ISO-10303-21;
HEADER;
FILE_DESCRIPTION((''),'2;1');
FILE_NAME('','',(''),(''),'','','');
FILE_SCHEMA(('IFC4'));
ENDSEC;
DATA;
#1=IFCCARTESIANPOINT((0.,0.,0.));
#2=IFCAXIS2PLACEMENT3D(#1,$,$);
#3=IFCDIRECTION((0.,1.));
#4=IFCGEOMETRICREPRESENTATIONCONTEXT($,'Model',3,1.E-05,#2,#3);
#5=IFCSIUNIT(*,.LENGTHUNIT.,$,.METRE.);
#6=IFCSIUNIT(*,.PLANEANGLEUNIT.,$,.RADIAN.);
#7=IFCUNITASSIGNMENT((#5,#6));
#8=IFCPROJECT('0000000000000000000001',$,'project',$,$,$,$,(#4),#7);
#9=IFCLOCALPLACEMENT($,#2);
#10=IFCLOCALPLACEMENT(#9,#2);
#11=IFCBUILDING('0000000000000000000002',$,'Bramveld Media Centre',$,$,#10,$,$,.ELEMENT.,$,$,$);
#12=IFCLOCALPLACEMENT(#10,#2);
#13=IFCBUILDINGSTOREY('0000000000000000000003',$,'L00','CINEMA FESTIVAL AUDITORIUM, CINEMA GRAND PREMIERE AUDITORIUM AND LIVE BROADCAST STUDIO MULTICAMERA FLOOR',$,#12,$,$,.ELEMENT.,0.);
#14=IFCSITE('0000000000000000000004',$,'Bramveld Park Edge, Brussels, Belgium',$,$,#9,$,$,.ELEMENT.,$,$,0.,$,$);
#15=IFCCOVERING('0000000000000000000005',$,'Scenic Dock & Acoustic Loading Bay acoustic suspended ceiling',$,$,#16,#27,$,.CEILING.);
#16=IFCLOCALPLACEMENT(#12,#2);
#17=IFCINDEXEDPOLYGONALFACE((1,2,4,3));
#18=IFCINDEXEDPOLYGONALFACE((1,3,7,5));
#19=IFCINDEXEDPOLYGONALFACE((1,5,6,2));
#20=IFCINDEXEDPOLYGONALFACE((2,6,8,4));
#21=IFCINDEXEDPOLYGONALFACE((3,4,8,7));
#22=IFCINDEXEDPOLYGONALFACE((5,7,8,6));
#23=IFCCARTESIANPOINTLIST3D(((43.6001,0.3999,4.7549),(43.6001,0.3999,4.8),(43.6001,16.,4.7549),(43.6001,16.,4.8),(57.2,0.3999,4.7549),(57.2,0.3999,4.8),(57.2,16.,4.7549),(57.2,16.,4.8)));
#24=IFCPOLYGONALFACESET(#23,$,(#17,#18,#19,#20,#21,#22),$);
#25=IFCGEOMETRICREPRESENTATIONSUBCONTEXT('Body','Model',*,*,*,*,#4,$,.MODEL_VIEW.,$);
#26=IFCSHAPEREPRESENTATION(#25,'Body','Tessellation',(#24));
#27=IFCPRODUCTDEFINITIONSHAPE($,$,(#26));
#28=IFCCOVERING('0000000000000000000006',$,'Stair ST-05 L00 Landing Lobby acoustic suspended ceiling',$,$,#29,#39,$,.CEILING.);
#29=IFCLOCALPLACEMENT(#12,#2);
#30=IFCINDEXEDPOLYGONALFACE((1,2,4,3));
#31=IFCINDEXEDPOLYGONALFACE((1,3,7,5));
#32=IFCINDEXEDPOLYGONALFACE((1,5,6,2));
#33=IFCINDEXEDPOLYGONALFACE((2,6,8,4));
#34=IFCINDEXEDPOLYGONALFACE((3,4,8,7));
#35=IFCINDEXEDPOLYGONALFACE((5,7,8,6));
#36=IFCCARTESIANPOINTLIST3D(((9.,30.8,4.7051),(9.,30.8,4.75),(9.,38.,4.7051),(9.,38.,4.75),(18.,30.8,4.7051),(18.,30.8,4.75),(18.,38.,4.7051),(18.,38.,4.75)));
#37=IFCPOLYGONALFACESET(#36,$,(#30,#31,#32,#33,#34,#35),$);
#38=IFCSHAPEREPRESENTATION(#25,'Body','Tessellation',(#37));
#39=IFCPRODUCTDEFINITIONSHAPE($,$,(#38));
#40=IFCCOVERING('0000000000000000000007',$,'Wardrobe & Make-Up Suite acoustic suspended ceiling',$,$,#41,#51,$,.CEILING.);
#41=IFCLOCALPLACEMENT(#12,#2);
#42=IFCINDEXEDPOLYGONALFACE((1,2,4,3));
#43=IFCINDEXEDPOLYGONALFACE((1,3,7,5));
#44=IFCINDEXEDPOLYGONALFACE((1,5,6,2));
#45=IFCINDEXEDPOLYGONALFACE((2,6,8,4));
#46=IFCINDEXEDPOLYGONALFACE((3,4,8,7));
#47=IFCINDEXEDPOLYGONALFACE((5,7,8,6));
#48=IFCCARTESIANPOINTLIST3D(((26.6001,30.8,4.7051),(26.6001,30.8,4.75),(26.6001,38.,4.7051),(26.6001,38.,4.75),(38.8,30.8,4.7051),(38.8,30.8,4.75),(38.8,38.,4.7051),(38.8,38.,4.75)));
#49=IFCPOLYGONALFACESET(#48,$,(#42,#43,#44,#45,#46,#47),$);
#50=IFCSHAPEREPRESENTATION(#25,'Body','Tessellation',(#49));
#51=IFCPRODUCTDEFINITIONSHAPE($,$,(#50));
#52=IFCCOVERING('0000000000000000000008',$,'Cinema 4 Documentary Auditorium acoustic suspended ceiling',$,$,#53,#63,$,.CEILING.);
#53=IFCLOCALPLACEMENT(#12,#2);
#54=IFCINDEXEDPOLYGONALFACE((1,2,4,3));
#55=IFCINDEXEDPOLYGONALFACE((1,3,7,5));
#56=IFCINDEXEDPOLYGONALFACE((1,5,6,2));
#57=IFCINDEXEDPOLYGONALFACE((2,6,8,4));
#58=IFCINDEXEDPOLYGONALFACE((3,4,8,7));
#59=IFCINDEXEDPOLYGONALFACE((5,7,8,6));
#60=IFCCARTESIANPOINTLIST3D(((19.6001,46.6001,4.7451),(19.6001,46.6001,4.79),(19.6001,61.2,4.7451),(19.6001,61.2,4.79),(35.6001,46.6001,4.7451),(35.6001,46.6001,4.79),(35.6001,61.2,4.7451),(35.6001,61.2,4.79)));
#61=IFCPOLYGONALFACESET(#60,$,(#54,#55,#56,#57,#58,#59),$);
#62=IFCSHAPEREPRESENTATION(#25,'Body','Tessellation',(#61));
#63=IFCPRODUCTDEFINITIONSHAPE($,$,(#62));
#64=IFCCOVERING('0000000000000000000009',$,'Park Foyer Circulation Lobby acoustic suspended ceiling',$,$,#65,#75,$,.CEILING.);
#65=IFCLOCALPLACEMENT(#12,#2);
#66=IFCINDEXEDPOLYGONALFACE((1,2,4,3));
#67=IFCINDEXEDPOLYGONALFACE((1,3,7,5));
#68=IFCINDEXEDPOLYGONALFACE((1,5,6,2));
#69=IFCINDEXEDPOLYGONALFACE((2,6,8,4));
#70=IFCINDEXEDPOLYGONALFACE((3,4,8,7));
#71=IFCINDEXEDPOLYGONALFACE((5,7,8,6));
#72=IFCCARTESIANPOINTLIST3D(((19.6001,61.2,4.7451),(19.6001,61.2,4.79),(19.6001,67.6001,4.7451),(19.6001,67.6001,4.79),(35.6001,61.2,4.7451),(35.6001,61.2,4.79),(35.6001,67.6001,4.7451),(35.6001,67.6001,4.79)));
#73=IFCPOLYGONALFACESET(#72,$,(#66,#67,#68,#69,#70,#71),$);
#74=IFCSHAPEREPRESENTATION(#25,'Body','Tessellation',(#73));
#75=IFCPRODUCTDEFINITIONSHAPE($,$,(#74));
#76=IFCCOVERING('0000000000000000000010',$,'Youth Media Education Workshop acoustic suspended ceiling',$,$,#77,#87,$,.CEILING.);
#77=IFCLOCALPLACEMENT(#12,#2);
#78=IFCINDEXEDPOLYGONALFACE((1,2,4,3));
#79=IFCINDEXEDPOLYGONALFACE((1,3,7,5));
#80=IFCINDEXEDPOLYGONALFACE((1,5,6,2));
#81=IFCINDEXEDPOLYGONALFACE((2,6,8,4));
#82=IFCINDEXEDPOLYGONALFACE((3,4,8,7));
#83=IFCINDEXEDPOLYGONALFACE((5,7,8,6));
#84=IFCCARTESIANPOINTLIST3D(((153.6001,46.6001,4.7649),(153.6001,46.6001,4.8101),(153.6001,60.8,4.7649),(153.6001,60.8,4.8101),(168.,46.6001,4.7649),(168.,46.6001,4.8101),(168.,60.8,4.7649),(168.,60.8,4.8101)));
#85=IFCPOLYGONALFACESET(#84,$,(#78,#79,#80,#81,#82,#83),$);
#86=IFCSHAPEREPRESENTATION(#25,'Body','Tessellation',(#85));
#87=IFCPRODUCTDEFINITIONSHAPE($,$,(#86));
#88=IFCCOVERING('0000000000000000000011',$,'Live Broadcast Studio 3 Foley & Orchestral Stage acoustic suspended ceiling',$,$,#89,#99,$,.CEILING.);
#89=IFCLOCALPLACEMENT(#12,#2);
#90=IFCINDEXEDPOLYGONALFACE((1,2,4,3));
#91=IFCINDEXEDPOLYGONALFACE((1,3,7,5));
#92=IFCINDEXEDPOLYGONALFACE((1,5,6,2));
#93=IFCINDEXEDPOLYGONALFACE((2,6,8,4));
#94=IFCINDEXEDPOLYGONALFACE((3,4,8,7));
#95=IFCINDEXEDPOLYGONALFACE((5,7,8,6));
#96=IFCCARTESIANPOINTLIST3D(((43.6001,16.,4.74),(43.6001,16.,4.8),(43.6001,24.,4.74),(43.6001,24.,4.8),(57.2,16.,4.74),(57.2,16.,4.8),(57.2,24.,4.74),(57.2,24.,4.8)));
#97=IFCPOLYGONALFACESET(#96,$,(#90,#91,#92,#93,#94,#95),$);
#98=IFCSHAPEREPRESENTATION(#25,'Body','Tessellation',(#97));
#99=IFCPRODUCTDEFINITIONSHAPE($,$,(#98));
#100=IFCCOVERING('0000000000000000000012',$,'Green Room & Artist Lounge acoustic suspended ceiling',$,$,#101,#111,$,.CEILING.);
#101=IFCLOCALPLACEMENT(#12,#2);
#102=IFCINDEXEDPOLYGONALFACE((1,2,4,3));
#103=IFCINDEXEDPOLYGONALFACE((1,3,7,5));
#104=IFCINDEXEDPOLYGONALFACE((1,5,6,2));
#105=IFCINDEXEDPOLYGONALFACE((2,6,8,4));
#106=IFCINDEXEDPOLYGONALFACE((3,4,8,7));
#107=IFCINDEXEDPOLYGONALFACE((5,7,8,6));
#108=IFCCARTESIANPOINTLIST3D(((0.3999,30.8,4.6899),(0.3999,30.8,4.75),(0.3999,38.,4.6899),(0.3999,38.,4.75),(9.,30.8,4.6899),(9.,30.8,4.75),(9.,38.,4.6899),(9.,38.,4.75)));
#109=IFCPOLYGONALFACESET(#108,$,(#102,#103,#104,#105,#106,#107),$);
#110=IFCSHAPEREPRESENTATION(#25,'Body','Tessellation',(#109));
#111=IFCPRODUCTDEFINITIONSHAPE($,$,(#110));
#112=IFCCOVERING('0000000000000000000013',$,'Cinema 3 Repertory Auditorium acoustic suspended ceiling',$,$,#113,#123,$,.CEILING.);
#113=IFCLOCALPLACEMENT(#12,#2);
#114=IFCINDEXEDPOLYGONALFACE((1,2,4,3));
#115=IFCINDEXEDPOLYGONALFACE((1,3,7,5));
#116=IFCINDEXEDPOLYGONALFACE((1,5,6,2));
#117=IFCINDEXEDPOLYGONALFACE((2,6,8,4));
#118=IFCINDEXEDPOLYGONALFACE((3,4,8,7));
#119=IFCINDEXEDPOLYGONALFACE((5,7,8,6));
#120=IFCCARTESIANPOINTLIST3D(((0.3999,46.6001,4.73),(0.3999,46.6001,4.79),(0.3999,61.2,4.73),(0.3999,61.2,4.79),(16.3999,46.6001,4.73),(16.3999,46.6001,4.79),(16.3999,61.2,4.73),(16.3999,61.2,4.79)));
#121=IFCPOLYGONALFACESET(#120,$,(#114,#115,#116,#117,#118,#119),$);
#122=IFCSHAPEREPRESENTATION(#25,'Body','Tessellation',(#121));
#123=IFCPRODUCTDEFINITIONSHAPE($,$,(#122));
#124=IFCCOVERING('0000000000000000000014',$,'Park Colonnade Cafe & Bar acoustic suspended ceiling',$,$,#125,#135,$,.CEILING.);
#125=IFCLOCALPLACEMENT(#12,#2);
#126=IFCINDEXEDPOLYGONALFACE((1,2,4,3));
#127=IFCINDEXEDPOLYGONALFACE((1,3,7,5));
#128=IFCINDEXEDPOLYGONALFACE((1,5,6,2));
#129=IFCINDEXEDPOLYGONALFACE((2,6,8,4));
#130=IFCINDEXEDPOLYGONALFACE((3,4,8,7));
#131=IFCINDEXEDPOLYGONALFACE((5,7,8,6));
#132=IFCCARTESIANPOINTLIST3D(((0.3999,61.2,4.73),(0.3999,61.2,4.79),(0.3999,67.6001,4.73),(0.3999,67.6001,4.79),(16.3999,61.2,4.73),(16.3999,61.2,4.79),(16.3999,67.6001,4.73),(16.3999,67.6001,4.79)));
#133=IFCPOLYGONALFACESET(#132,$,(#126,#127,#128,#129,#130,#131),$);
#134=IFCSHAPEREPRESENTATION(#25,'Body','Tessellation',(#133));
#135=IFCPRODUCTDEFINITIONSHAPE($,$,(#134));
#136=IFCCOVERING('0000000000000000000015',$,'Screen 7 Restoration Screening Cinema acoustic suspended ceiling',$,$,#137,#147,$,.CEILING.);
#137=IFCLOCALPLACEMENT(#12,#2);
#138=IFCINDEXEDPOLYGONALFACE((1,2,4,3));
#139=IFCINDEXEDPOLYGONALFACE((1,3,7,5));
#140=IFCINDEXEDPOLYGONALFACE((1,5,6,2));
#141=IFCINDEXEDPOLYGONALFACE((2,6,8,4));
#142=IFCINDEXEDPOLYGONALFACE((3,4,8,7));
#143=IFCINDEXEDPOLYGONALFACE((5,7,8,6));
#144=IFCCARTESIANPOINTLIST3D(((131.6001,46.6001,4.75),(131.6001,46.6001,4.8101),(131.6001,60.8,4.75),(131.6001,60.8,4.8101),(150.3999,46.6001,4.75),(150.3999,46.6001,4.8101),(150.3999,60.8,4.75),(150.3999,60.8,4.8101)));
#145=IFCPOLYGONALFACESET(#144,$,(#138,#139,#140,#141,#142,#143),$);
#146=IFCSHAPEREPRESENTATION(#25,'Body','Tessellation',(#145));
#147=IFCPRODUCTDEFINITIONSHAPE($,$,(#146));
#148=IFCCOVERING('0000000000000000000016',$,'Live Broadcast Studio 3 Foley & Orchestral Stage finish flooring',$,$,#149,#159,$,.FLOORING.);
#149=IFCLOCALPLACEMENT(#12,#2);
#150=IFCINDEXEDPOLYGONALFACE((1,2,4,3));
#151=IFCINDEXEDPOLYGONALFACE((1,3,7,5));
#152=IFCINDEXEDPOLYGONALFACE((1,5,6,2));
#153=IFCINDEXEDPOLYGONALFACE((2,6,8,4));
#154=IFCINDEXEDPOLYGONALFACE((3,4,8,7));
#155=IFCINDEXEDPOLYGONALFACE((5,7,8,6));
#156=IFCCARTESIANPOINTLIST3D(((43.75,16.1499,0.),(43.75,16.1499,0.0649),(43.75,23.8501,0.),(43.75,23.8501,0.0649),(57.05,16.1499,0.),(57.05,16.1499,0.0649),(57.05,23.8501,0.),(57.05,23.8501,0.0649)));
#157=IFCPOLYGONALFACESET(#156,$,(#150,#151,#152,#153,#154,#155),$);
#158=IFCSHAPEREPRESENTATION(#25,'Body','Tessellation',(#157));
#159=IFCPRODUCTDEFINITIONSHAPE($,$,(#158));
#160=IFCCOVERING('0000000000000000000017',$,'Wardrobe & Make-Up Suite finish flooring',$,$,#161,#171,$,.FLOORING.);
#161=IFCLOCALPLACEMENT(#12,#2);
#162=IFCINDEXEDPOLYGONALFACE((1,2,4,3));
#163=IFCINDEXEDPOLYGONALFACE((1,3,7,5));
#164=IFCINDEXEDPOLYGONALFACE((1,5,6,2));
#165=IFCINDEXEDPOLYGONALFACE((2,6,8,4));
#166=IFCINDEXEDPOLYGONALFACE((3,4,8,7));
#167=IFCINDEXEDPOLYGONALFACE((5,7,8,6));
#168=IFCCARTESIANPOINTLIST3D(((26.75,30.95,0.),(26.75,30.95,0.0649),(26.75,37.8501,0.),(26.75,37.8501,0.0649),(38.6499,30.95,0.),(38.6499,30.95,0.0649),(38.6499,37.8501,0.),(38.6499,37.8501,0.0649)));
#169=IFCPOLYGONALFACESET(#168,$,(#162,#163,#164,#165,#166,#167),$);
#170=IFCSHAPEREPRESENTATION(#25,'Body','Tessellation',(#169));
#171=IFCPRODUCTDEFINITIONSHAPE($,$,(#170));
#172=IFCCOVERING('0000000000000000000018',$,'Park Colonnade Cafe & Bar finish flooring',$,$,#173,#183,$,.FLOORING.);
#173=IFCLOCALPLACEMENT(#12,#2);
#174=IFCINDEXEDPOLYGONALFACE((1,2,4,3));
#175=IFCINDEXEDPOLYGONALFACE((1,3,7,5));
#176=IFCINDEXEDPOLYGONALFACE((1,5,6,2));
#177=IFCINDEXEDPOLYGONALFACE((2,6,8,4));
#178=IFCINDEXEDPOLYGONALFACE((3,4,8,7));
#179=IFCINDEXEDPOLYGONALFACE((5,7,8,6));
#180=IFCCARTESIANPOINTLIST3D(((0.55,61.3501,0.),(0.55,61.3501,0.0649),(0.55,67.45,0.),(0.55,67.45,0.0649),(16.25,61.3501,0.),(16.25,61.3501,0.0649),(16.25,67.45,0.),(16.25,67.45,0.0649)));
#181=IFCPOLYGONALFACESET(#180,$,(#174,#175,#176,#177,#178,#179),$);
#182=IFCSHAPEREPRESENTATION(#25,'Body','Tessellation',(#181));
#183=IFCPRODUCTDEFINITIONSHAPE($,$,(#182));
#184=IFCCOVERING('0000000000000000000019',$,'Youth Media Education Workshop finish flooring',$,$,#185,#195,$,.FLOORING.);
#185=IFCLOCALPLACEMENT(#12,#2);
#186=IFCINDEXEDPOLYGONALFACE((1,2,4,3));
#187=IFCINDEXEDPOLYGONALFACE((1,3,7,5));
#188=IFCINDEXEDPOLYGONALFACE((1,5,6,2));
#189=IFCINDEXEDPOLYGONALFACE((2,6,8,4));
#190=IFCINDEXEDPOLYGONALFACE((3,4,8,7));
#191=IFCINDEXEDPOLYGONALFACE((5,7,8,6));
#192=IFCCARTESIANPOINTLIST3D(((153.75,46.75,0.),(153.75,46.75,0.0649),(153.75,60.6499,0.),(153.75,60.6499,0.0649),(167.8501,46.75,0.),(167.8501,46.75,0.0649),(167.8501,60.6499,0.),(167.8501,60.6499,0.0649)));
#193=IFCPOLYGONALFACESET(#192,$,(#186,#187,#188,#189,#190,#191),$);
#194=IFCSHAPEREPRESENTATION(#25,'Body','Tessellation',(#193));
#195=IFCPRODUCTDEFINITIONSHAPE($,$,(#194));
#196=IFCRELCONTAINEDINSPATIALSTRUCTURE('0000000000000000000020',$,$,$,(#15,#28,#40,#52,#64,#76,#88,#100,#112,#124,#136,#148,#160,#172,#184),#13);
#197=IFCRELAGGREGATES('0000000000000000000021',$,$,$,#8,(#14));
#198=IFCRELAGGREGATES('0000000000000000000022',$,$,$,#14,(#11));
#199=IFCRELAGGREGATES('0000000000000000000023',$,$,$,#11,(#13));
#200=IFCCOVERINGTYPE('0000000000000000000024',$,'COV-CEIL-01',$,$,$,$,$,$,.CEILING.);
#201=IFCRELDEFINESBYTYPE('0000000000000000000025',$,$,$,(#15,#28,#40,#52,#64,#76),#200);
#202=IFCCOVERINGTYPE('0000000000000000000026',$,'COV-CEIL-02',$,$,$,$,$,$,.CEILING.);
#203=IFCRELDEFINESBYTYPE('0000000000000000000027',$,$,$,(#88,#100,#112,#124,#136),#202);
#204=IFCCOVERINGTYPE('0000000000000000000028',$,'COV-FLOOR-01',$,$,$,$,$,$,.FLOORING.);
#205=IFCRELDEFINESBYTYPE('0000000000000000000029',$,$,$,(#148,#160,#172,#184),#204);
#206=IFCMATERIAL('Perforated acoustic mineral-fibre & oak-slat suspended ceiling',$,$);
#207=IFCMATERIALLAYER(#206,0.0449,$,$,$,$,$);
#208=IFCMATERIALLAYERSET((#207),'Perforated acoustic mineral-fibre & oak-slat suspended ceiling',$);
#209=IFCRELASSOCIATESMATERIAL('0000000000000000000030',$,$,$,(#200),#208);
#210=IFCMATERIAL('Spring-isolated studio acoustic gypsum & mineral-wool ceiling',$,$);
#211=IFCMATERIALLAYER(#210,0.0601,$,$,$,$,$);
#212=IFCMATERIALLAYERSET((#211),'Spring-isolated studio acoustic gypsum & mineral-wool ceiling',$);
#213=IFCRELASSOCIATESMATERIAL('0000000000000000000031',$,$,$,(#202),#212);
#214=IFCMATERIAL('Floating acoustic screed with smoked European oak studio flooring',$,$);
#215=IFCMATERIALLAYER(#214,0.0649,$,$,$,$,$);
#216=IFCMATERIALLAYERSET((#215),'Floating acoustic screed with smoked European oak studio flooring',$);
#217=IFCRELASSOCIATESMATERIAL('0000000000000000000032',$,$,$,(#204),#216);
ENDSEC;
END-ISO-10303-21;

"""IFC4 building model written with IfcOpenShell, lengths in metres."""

from ifc_helpers import new_model, si_unit, direction, frame, origin, place, context, subcontext, project, spatial, polyline, outline, extrude, material, layer, layer_set, type_object, element, save


model = new_model("IFC4")

# Units and contexts
model_context = context("Model", 3, precision=1e-05, world=origin(), true_north=direction((0.0, 1.0)))
body_context = subcontext(model_context, "Body", "Model", "MODEL_VIEW")
ifc_project = project(units=[si_unit("LENGTHUNIT", "METRE"), si_unit("PLANEANGLEUNIT", "RADIAN")], contexts=[model_context])

# Site, building, storey
site_placement = place(None, origin())
site = spatial("IfcSite", under=ifc_project, at=site_placement, Name="Bramveld Park Edge, Brussels, Belgium", CompositionType="ELEMENT", RefElevation=0.0)
building_placement = place(site_placement, origin())
building = spatial("IfcBuilding", under=site, at=building_placement, Name="Bramveld Media Centre", CompositionType="ELEMENT")
storey_placement = place(building_placement, origin())
storey = spatial("IfcBuildingStorey", under=building, at=storey_placement, Name="L00", Description="CINEMA FESTIVAL AUDITORIUM, CINEMA GRAND PREMIERE AUDITORIUM AND LIVE BROADCAST STUDIO MULTICAMERA FLOOR", CompositionType="ELEMENT", Elevation=0.0)

# Coverings
ifc_material_1 = material(Name="Perforated acoustic mineral-fibre & oak-slat suspended ceiling")
ifc_layer_1 = layer(ifc_material_1, 0.0449)
ifc_layer_set_1 = layer_set([ifc_layer_1], Name="Perforated acoustic mineral-fibre & oak-slat suspended ceiling")
covering_type_1 = type_object("IfcCoveringType", Name="COV-CEIL-01", PredefinedType="CEILING", material=ifc_layer_set_1)
covering_1_placement = place(storey_placement, frame((0.0, 0.0, 4.7549)))
element("IfcCovering", 1, at=covering_1_placement, inside=storey, type_object=covering_type_1, Name="Scenic Dock & Acoustic Loading Bay acoustic suspended ceiling", PredefinedType="CEILING", context=body_context, shape_type="SweptSolid", body=[
    extrude(outline(polyline([(43.6001, 0.3999), (57.2, 0.3999), (57.2, 16.0), (43.6001, 16.0), (43.6001, 0.3999)])), origin(), (0.0, 0.0, 1.0), 0.0452),
])
covering_2_placement = place(storey_placement, frame((0.0, 0.0, 4.7051)))
element("IfcCovering", 2, at=covering_2_placement, inside=storey, type_object=covering_type_1, Name="Stair ST-05 L00 Landing Lobby acoustic suspended ceiling", PredefinedType="CEILING", context=body_context, shape_type="SweptSolid", body=[
    extrude(outline(polyline([(9.0, 30.8), (18.0, 30.8), (18.0, 38.0), (9.0, 38.0), (9.0, 30.8)])), origin(), (0.0, 0.0, 1.0), 0.0449),
])
covering_3_placement = place(storey_placement, frame((0.0, 0.0, 4.7051)))
element("IfcCovering", 3, at=covering_3_placement, inside=storey, type_object=covering_type_1, Name="Wardrobe & Make-Up Suite acoustic suspended ceiling", PredefinedType="CEILING", context=body_context, shape_type="SweptSolid", body=[
    extrude(outline(polyline([(26.6001, 30.8), (38.8, 30.8), (38.8, 38.0), (26.6001, 38.0), (26.6001, 30.8)])), origin(), (0.0, 0.0, 1.0), 0.0449),
])
covering_4_placement = place(storey_placement, frame((0.0, 0.0, 4.7451)))
element("IfcCovering", 4, at=covering_4_placement, inside=storey, type_object=covering_type_1, Name="Cinema 4 Documentary Auditorium acoustic suspended ceiling", PredefinedType="CEILING", context=body_context, shape_type="SweptSolid", body=[
    extrude(outline(polyline([(19.6001, 46.6001), (35.6001, 46.6001), (35.6001, 61.2), (19.6001, 61.2), (19.6001, 46.6001)])), origin(), (0.0, 0.0, 1.0), 0.0449),
])
covering_5_placement = place(storey_placement, frame((0.0, 0.0, 4.7451)))
element("IfcCovering", 5, at=covering_5_placement, inside=storey, type_object=covering_type_1, Name="Park Foyer Circulation Lobby acoustic suspended ceiling", PredefinedType="CEILING", context=body_context, shape_type="SweptSolid", body=[
    extrude(outline(polyline([(19.6001, 61.2), (35.6001, 61.2), (35.6001, 67.6001), (19.6001, 67.6001), (19.6001, 61.2)])), origin(), (0.0, 0.0, 1.0), 0.0449),
])
covering_6_placement = place(storey_placement, frame((0.0, 0.0, 4.7649)))
element("IfcCovering", 6, at=covering_6_placement, inside=storey, type_object=covering_type_1, Name="Youth Media Education Workshop acoustic suspended ceiling", PredefinedType="CEILING", context=body_context, shape_type="SweptSolid", body=[
    extrude(outline(polyline([(153.6001, 46.6001), (168.0, 46.6001), (168.0, 60.8), (153.6001, 60.8), (153.6001, 46.6001)])), origin(), (0.0, 0.0, 1.0), 0.0452),
])
ifc_material_2 = material(Name="Spring-isolated studio acoustic gypsum & mineral-wool ceiling")
ifc_layer_2 = layer(ifc_material_2, 0.0601)
ifc_layer_set_2 = layer_set([ifc_layer_2], Name="Spring-isolated studio acoustic gypsum & mineral-wool ceiling")
covering_type_2 = type_object("IfcCoveringType", Name="COV-CEIL-02", PredefinedType="CEILING", material=ifc_layer_set_2)
covering_7_placement = place(storey_placement, frame((0.0, 0.0, 4.74)))
element("IfcCovering", 7, at=covering_7_placement, inside=storey, type_object=covering_type_2, Name="Live Broadcast Studio 3 Foley & Orchestral Stage acoustic suspended ceiling", PredefinedType="CEILING", context=body_context, shape_type="SweptSolid", body=[
    extrude(outline(polyline([(43.6001, 16.0), (57.2, 16.0), (57.2, 24.0), (43.6001, 24.0), (43.6001, 16.0)])), origin(), (0.0, 0.0, 1.0), 0.0601),
])
covering_8_placement = place(storey_placement, frame((0.0, 0.0, 4.6899)))
element("IfcCovering", 8, at=covering_8_placement, inside=storey, type_object=covering_type_2, Name="Green Room & Artist Lounge acoustic suspended ceiling", PredefinedType="CEILING", context=body_context, shape_type="SweptSolid", body=[
    extrude(outline(polyline([(0.3999, 30.8), (9.0, 30.8), (9.0, 38.0), (0.3999, 38.0), (0.3999, 30.8)])), origin(), (0.0, 0.0, 1.0), 0.0601),
])
covering_9_placement = place(storey_placement, frame((0.0, 0.0, 4.73)))
element("IfcCovering", 9, at=covering_9_placement, inside=storey, type_object=covering_type_2, Name="Cinema 3 Repertory Auditorium acoustic suspended ceiling", PredefinedType="CEILING", context=body_context, shape_type="SweptSolid", body=[
    extrude(outline(polyline([(0.3999, 46.6001), (16.3999, 46.6001), (16.3999, 61.2), (0.3999, 61.2), (0.3999, 46.6001)])), origin(), (0.0, 0.0, 1.0), 0.0601),
])
covering_10_placement = place(storey_placement, frame((0.0, 0.0, 4.73)))
element("IfcCovering", 10, at=covering_10_placement, inside=storey, type_object=covering_type_2, Name="Park Colonnade Cafe & Bar acoustic suspended ceiling", PredefinedType="CEILING", context=body_context, shape_type="SweptSolid", body=[
    extrude(outline(polyline([(0.3999, 61.2), (16.3999, 61.2), (16.3999, 67.6001), (0.3999, 67.6001), (0.3999, 61.2)])), origin(), (0.0, 0.0, 1.0), 0.0601),
])
covering_11_placement = place(storey_placement, frame((0.0, 0.0, 4.75)))
element("IfcCovering", 11, at=covering_11_placement, inside=storey, type_object=covering_type_2, Name="Screen 7 Restoration Screening Cinema acoustic suspended ceiling", PredefinedType="CEILING", context=body_context, shape_type="SweptSolid", body=[
    extrude(outline(polyline([(131.6001, 46.6001), (150.3999, 46.6001), (150.3999, 60.8), (131.6001, 60.8), (131.6001, 46.6001)])), origin(), (0.0, 0.0, 1.0), 0.0601),
])
ifc_material_3 = material(Name="Floating acoustic screed with smoked European oak studio flooring")
ifc_layer_3 = layer(ifc_material_3, 0.0649)
ifc_layer_set_3 = layer_set([ifc_layer_3], Name="Floating acoustic screed with smoked European oak studio flooring")
covering_type_3 = type_object("IfcCoveringType", Name="COV-FLOOR-01", PredefinedType="FLOORING", material=ifc_layer_set_3)
covering_12_placement = place(storey_placement, origin())
element("IfcCovering", 12, at=covering_12_placement, inside=storey, type_object=covering_type_3, Name="Live Broadcast Studio 3 Foley & Orchestral Stage finish flooring", PredefinedType="FLOORING", context=body_context, shape_type="SweptSolid", body=[
    extrude(outline(polyline([(43.75, 16.1499), (57.05, 16.1499), (57.05, 23.8501), (43.75, 23.8501), (43.75, 16.1499)])), origin(), (0.0, 0.0, 1.0), 0.0649),
])
covering_13_placement = place(storey_placement, origin())
element("IfcCovering", 13, at=covering_13_placement, inside=storey, type_object=covering_type_3, Name="Wardrobe & Make-Up Suite finish flooring", PredefinedType="FLOORING", context=body_context, shape_type="SweptSolid", body=[
    extrude(outline(polyline([(26.75, 30.95), (38.6499, 30.95), (38.6499, 37.8501), (26.75, 37.8501), (26.75, 30.95)])), origin(), (0.0, 0.0, 1.0), 0.0649),
])
covering_14_placement = place(storey_placement, origin())
element("IfcCovering", 14, at=covering_14_placement, inside=storey, type_object=covering_type_3, Name="Park Colonnade Cafe & Bar finish flooring", PredefinedType="FLOORING", context=body_context, shape_type="SweptSolid", body=[
    extrude(outline(polyline([(0.55, 61.3501), (16.25, 61.3501), (16.25, 67.45), (0.55, 67.45), (0.55, 61.3501)])), origin(), (0.0, 0.0, 1.0), 0.0649),
])
covering_15_placement = place(storey_placement, origin())
element("IfcCovering", 15, at=covering_15_placement, inside=storey, type_object=covering_type_3, Name="Youth Media Education Workshop finish flooring", PredefinedType="FLOORING", context=body_context, shape_type="SweptSolid", body=[
    extrude(outline(polyline([(153.75, 46.75), (167.8501, 46.75), (167.8501, 60.6499), (153.75, 60.6499), (153.75, 46.75)])), origin(), (0.0, 0.0, 1.0), 0.0649),
])

save(model, "model.ifc")
